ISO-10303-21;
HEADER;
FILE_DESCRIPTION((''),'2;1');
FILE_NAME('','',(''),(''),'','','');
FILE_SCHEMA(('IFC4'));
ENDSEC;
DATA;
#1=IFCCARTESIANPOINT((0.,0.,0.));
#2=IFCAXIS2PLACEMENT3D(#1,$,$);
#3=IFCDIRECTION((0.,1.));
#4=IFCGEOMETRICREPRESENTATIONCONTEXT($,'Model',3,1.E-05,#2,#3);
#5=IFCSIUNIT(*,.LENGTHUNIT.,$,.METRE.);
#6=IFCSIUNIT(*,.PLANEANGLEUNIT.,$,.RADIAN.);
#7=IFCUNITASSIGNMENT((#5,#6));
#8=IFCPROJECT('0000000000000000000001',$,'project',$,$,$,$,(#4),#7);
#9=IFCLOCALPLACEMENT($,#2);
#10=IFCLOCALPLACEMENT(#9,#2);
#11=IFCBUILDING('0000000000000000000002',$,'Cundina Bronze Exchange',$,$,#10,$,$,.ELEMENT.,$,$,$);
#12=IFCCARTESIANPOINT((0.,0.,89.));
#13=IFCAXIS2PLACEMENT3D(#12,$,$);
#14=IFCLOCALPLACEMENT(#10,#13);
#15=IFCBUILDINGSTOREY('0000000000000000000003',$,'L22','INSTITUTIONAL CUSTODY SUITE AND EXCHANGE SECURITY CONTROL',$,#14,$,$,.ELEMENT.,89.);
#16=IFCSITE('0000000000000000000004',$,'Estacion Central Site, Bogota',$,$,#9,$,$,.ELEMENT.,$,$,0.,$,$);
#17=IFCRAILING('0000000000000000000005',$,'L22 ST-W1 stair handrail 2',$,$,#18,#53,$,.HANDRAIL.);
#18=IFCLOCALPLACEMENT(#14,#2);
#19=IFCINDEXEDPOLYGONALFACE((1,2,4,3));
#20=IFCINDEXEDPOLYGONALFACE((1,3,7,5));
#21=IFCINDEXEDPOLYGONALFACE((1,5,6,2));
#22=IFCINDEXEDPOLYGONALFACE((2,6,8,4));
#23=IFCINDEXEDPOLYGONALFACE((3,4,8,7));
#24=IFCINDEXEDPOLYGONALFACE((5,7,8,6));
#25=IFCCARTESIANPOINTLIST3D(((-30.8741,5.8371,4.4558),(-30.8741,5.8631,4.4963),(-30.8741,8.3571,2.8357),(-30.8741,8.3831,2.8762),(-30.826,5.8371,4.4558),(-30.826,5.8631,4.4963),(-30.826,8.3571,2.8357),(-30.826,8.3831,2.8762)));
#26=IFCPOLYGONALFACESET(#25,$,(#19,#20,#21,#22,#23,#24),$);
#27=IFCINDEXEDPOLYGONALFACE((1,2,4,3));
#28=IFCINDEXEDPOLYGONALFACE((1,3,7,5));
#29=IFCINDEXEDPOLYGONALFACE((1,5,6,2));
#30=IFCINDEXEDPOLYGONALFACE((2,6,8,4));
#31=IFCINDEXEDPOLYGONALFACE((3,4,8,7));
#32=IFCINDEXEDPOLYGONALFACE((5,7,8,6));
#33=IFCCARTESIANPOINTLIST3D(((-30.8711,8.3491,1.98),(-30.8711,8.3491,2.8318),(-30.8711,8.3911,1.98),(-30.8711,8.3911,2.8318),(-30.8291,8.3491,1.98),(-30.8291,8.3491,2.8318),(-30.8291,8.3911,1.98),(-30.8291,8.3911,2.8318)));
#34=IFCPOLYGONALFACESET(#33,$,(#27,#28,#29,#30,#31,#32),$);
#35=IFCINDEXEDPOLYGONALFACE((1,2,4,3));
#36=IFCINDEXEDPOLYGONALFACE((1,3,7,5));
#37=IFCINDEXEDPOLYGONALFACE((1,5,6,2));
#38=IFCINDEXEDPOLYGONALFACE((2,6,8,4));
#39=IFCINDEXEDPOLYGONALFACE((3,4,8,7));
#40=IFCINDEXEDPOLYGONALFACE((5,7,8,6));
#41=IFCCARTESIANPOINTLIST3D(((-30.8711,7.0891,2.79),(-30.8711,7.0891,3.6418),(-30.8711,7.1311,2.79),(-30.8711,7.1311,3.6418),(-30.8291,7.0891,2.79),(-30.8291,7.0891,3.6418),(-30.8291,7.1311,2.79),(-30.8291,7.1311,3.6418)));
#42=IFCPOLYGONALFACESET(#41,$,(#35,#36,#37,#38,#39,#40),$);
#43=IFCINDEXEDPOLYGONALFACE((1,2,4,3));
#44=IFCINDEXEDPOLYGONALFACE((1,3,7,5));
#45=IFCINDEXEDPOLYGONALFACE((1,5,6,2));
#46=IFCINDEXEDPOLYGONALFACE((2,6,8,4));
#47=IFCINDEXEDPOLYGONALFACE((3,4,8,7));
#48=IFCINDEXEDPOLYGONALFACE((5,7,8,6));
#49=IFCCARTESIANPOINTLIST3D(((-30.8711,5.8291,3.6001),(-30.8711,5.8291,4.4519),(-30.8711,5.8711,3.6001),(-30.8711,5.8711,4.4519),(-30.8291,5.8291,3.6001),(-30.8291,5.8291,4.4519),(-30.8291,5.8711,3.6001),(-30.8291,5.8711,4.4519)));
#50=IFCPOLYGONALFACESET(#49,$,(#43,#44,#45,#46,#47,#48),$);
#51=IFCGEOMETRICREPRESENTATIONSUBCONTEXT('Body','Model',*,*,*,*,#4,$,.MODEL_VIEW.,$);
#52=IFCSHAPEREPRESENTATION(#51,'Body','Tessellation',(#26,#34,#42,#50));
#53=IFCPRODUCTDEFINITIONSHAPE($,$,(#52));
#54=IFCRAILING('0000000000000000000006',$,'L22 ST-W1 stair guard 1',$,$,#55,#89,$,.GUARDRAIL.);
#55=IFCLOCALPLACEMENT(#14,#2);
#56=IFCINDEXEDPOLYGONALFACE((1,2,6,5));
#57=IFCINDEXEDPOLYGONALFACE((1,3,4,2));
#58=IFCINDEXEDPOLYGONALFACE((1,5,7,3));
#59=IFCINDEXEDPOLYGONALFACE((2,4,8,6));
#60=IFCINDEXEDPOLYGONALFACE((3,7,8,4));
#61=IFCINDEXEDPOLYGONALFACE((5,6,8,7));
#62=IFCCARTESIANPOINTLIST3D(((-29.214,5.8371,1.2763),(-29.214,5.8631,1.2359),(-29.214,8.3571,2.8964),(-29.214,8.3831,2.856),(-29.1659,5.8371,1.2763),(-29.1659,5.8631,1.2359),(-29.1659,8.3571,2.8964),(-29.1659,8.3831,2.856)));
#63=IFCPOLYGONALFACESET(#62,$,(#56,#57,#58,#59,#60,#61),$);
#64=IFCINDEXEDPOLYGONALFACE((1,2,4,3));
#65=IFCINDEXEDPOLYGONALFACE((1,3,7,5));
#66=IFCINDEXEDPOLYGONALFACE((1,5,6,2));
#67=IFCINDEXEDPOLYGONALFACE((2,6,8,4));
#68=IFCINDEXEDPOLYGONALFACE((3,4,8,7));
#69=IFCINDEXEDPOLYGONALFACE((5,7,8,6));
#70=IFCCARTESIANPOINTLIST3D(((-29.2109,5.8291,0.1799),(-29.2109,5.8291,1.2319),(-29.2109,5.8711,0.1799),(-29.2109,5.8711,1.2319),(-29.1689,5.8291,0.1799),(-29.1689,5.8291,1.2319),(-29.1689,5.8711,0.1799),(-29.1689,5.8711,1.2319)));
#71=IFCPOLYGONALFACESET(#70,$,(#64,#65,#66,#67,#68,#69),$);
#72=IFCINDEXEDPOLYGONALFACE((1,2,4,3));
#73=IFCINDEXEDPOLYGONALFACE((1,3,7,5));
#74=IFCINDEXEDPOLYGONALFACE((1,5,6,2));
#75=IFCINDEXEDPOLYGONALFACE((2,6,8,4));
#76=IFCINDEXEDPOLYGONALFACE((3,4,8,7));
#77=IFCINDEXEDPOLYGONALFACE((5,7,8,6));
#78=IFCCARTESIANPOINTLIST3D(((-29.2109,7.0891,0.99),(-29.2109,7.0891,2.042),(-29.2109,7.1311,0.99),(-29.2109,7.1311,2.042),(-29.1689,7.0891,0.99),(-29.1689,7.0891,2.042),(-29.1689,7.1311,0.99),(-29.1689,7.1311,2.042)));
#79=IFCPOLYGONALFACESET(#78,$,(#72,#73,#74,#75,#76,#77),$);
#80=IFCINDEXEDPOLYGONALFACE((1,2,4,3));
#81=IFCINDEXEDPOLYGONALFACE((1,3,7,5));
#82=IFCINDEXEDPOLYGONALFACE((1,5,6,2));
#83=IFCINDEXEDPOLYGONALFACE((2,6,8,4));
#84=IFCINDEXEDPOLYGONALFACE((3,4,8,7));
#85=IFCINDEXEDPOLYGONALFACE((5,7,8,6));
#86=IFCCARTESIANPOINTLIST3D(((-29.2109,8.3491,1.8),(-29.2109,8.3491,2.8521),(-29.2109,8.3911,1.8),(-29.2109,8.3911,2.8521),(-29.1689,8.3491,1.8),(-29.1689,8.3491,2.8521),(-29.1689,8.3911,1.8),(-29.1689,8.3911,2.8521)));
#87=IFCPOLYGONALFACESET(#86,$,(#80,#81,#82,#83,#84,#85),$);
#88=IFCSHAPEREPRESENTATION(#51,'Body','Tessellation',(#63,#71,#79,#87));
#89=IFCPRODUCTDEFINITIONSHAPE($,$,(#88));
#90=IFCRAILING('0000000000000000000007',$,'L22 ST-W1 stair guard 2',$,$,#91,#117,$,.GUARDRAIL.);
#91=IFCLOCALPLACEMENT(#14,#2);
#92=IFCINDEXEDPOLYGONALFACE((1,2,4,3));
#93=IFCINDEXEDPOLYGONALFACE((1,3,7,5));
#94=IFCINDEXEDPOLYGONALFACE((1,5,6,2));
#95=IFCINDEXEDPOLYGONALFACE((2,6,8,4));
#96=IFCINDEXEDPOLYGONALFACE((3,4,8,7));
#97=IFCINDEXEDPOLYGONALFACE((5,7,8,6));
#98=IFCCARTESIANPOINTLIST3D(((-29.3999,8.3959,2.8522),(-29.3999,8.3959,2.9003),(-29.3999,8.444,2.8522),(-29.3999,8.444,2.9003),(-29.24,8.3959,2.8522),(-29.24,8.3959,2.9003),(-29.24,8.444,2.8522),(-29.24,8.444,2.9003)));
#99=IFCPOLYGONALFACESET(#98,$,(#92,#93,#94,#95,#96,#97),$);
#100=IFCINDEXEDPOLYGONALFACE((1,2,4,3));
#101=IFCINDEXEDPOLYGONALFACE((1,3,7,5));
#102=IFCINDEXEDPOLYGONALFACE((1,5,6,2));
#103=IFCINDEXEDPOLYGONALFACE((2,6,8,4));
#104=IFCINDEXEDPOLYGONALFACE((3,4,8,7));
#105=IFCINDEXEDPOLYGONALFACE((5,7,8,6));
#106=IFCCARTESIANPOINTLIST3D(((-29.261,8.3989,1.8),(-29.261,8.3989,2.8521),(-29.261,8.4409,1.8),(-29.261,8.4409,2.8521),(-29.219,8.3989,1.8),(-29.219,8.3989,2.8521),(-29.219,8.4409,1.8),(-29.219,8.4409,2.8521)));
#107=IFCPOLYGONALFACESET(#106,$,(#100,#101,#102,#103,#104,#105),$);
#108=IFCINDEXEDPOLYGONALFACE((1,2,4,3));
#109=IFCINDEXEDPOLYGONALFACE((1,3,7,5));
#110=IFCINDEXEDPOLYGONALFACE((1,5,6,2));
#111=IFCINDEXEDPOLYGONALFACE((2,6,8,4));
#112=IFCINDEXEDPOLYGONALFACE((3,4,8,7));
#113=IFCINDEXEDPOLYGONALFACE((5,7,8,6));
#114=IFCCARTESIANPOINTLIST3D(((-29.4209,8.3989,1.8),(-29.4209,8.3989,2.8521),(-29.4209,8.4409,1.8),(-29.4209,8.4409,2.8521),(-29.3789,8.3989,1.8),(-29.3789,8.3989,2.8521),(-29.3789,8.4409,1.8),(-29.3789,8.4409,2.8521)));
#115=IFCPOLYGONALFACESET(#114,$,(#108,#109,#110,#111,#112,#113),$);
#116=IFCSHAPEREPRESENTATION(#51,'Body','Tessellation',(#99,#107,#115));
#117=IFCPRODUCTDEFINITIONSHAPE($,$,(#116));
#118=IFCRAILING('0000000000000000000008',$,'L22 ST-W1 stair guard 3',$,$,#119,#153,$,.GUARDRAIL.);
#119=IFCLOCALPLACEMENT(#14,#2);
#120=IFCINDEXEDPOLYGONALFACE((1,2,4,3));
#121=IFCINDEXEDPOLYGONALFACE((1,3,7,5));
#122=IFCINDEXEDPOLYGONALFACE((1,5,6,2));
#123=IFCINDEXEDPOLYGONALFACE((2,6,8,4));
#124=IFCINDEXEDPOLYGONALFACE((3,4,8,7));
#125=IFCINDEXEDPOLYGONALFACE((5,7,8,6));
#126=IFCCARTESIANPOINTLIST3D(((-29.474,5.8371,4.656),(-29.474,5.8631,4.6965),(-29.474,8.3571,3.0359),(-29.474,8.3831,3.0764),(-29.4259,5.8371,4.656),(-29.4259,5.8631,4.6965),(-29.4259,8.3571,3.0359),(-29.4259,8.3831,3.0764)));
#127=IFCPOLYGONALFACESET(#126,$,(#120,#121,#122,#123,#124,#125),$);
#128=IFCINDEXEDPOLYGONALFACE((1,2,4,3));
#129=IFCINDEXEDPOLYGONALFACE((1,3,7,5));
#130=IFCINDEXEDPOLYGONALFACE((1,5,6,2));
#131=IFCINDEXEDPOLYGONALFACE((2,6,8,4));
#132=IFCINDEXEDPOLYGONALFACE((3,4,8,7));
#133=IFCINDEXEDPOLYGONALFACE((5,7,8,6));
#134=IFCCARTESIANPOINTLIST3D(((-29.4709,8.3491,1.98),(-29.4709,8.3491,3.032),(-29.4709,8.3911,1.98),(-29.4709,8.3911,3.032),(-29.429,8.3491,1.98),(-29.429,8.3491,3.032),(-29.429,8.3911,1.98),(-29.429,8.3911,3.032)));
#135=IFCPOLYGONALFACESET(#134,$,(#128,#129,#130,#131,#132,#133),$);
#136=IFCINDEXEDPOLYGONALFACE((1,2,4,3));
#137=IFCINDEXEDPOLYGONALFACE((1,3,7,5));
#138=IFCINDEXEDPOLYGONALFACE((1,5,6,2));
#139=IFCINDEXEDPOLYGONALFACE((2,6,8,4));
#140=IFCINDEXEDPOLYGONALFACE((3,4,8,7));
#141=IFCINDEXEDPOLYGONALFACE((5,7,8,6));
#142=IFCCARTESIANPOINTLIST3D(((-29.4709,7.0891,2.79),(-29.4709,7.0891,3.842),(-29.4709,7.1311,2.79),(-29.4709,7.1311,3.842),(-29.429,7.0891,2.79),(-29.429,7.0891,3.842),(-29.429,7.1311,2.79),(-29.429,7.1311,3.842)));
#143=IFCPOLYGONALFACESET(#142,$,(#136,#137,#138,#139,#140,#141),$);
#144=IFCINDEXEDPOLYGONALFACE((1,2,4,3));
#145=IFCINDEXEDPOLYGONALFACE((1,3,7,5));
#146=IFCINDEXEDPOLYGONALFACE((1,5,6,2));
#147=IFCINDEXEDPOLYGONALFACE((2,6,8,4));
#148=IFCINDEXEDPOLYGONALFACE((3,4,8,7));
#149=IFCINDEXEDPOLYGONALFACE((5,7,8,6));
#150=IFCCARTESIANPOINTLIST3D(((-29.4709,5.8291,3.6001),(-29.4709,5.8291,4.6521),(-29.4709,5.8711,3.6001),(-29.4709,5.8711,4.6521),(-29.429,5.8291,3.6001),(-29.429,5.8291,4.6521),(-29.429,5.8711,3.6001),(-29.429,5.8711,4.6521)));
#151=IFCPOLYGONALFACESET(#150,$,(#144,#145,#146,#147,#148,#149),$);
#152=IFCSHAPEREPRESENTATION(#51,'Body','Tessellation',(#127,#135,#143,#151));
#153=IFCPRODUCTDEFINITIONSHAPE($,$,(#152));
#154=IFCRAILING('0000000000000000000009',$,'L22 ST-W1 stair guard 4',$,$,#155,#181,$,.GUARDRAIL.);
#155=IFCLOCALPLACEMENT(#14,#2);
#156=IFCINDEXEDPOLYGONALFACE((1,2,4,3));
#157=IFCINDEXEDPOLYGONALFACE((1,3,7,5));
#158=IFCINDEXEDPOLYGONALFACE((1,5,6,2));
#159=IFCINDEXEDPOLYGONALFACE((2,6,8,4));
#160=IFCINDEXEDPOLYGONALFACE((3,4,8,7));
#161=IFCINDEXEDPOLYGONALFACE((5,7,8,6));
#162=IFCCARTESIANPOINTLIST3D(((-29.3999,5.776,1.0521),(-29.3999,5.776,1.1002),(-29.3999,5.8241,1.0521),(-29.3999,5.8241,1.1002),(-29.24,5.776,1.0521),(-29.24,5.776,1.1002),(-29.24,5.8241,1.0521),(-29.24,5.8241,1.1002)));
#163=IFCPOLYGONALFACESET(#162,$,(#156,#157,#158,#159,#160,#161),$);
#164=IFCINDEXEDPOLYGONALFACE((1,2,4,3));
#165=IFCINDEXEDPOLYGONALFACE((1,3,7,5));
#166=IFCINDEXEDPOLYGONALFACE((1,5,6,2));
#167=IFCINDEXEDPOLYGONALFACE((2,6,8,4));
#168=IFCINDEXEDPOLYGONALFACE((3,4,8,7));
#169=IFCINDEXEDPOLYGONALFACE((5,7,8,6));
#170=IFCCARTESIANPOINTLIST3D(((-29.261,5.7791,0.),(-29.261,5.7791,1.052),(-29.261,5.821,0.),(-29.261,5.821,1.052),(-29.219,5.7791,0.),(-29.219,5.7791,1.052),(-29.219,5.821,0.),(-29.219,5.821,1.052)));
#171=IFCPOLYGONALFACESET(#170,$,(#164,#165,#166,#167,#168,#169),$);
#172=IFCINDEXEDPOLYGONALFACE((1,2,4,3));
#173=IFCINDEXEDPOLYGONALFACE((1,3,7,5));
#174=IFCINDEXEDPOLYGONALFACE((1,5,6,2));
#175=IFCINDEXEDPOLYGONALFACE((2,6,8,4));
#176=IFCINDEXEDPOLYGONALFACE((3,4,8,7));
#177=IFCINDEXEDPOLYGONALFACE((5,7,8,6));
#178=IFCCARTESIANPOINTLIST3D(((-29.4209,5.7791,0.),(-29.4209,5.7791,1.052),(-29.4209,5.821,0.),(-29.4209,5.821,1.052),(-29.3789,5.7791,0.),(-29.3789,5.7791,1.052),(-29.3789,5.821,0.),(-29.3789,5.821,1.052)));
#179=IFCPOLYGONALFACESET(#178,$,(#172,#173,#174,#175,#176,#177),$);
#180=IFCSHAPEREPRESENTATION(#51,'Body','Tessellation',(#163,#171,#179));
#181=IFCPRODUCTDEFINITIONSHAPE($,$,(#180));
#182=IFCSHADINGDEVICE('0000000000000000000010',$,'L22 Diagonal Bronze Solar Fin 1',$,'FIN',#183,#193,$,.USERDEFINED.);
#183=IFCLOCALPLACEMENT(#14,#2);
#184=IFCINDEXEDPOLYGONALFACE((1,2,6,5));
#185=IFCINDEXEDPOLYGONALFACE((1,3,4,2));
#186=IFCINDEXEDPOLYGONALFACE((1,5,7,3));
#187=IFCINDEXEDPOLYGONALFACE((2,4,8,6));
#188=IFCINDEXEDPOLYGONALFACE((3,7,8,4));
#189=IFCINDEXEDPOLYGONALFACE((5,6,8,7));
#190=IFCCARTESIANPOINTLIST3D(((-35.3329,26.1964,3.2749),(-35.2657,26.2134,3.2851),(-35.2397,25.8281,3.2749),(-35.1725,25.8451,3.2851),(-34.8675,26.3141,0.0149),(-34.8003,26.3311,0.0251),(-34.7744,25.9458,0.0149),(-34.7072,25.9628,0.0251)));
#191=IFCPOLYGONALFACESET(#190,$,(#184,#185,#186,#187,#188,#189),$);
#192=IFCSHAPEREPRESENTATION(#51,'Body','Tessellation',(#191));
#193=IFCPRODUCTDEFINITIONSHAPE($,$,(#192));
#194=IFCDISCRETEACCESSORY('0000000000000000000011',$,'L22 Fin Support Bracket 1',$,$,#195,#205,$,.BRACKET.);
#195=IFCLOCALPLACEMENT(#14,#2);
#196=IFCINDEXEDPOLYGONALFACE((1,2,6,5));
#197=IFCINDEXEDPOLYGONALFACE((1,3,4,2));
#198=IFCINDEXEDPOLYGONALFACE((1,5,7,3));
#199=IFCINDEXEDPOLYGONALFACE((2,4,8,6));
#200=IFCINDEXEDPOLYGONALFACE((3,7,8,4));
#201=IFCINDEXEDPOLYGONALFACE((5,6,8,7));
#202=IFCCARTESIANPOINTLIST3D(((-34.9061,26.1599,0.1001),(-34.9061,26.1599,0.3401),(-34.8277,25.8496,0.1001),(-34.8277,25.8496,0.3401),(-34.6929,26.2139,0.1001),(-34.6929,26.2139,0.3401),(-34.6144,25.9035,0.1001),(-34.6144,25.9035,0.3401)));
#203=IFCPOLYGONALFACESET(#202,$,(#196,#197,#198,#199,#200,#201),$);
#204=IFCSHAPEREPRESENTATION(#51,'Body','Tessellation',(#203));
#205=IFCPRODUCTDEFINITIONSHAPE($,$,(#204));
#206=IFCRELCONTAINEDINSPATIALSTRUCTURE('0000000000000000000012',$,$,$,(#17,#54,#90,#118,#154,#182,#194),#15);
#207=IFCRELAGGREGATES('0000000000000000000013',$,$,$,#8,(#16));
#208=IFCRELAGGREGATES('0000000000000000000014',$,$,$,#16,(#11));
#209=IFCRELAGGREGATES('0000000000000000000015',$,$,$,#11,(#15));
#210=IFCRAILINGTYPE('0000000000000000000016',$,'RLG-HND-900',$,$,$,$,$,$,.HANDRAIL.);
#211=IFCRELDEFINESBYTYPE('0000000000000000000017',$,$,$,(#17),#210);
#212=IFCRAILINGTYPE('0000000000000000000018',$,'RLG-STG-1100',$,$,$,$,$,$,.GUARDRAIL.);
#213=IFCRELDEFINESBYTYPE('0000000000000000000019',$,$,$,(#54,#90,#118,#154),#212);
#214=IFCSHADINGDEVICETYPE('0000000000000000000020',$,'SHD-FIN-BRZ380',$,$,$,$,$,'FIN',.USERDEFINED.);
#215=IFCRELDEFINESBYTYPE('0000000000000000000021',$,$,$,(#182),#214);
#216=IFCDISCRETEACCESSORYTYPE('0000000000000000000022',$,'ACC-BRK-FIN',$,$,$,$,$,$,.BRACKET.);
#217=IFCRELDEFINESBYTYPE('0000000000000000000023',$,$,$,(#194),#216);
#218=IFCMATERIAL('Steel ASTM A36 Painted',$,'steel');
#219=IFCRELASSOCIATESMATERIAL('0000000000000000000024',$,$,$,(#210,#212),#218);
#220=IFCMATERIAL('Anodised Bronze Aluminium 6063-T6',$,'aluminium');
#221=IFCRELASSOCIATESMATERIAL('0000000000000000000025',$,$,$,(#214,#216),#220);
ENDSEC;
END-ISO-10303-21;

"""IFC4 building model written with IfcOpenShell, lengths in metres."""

from ifc_helpers import new_model, si_unit, direction, frame, origin, origin_2d, place, context, subcontext, project, spatial, rectangle, extrude, material, material_profile, profile_set, type_object, element, save


model = new_model("IFC4")

# Units and contexts
model_context = context("Model", 3, precision=1e-05, world=origin(), true_north=direction((0.0, 1.0)))
body_context = subcontext(model_context, "Body", "Model", "MODEL_VIEW")
ifc_project = project(units=[si_unit("LENGTHUNIT", "METRE"), si_unit("PLANEANGLEUNIT", "RADIAN")], contexts=[model_context])

# Site, building, storey
site_placement = place(None, origin())
site = spatial("IfcSite", under=ifc_project, at=site_placement, Name="Estacion Central Site, Bogota", CompositionType="ELEMENT", RefElevation=0.0)
building_placement = place(site_placement, origin())
building = spatial("IfcBuilding", under=site, at=building_placement, Name="Cundina Bronze Exchange", CompositionType="ELEMENT")
storey_placement = place(building_placement, frame((0.0, 0.0, 89.0)))
storey = spatial("IfcBuildingStorey", under=building, at=storey_placement, Name="L22", Description="INSTITUTIONAL CUSTODY SUITE AND EXCHANGE SECURITY CONTROL", CompositionType="ELEMENT", Elevation=89.0)

# Shared definitions
ifc_material_1 = material(Name="Anodised Bronze Aluminium 6063-T6", Category="aluminium")

# Shared definitions
ifc_material_2 = material(Name="Steel ASTM A36 Painted", Category="steel")

# Railings
railing_type_1 = type_object("IfcRailingType", Name="RLG-HND-900", PredefinedType="HANDRAIL", material=ifc_material_2)
railing_1_placement = place(storey_placement, frame((-30.8501, 8.3701, 1.98)))
element("IfcRailing", 1, at=railing_1_placement, inside=storey, type_object=railing_type_1, Name="L22 ST-W1 stair handrail 2", PredefinedType="HANDRAIL", context=body_context, shape_type="SweptSolid", body=[
    extrude(rectangle(XDim=0.0481, YDim=0.0481, at=origin_2d()), frame((0.0, 0.0, 0.876), z_axis=(0.0, -0.841163, 0.540782), x_axis=(1.0, 0.0, 0.0)), (0.0, 0.0, 1.0), 2.9958),
    extrude(rectangle(XDim=0.042, YDim=0.042, at=origin_2d()), origin(), (0.0, 0.0, 1.0), 0.8518),
    extrude(rectangle(XDim=0.042, YDim=0.042, at=origin_2d()), frame((0.0, -1.26, 0.8101)), (0.0, 0.0, 1.0), 0.8518),
    extrude(rectangle(XDim=0.042, YDim=0.042, at=origin_2d()), frame((0.0, -2.52, 1.6201)), (0.0, 0.0, 1.0), 0.8518),
])
railing_type_2 = type_object("IfcRailingType", Name="RLG-STG-1100", PredefinedType="GUARDRAIL", material=ifc_material_2)
railing_2_placement = place(storey_placement, frame((-29.1899, 5.8501, 0.1799)))
element("IfcRailing", 2, at=railing_2_placement, inside=storey, type_object=railing_type_2, Name="L22 ST-W1 stair guard 1", PredefinedType="GUARDRAIL", context=body_context, shape_type="SweptSolid", body=[
    extrude(rectangle(XDim=0.0481, YDim=0.0481, at=origin_2d()), frame((0.0, 0.0, 1.0762), z_axis=(0.0, 0.841163, 0.540782), x_axis=(-1.0, 0.0, 0.0)), (0.0, 0.0, 1.0), 2.9958),
    extrude(rectangle(XDim=0.042, YDim=0.042, at=origin_2d()), origin(), (0.0, 0.0, 1.0), 1.052),
    extrude(rectangle(XDim=0.042, YDim=0.042, at=origin_2d()), frame((0.0, 1.26, 0.8101)), (0.0, 0.0, 1.0), 1.052),
    extrude(rectangle(XDim=0.042, YDim=0.042, at=origin_2d()), frame((0.0, 2.52, 1.6201)), (0.0, 0.0, 1.0), 1.052),
])
railing_3_placement = place(storey_placement, frame((-29.24, 8.4199, 1.8)))
element("IfcRailing", 3, at=railing_3_placement, inside=storey, type_object=railing_type_2, Name="L22 ST-W1 stair guard 2", PredefinedType="GUARDRAIL", context=body_context, shape_type="SweptSolid", body=[
    extrude(rectangle(XDim=0.0481, YDim=0.0481, at=origin_2d()), frame((0.0, 0.0, 1.0762), z_axis=(-1.0, 0.0, 0.0), x_axis=(0.0, -1.0, 0.0)), (0.0, 0.0, 1.0), 0.1599),
    extrude(rectangle(XDim=0.042, YDim=0.042, at=origin_2d()), origin(), (0.0, 0.0, 1.0), 1.052),
    extrude(rectangle(XDim=0.042, YDim=0.042, at=origin_2d()), frame((-0.1599, 0.0, 0.0)), (0.0, 0.0, 1.0), 1.052),
])
railing_4_placement = place(storey_placement, frame((-29.45, 8.3701, 1.98)))
element("IfcRailing", 4, at=railing_4_placement, inside=storey, type_object=railing_type_2, Name="L22 ST-W1 stair guard 3", PredefinedType="GUARDRAIL", context=body_context, shape_type="SweptSolid", body=[
    extrude(rectangle(XDim=0.0481, YDim=0.0481, at=origin_2d()), frame((0.0, 0.0, 1.0762), z_axis=(0.0, -0.841163, 0.540782), x_axis=(1.0, 0.0, 0.0)), (0.0, 0.0, 1.0), 2.9958),
    extrude(rectangle(XDim=0.042, YDim=0.042, at=origin_2d()), origin(), (0.0, 0.0, 1.0), 1.052),
    extrude(rectangle(XDim=0.042, YDim=0.042, at=origin_2d()), frame((0.0, -1.26, 0.8101)), (0.0, 0.0, 1.0), 1.052),
    extrude(rectangle(XDim=0.042, YDim=0.042, at=origin_2d()), frame((0.0, -2.52, 1.6201)), (0.0, 0.0, 1.0), 1.052),
])
railing_5_placement = place(storey_placement, frame((-29.24, 5.8, 0.0)))
element("IfcRailing", 5, at=railing_5_placement, inside=storey, type_object=railing_type_2, Name="L22 ST-W1 stair guard 4", PredefinedType="GUARDRAIL", context=body_context, shape_type="SweptSolid", body=[
    extrude(rectangle(XDim=0.0481, YDim=0.0481, at=origin_2d()), frame((0.0, 0.0, 1.0762), z_axis=(-1.0, 0.0, 0.0), x_axis=(0.0, -1.0, 0.0)), (0.0, 0.0, 1.0), 0.1599),
    extrude(rectangle(XDim=0.042, YDim=0.042, at=origin_2d()), origin(), (0.0, 0.0, 1.0), 1.052),
    extrude(rectangle(XDim=0.042, YDim=0.042, at=origin_2d()), frame((-0.1599, 0.0, 0.0)), (0.0, 0.0, 1.0), 1.052),
])

# Shading device
ifc_material_profile_1 = material_profile(ifc_material_1, rectangle(XDim=0.0701, YDim=0.3799, at=origin_2d()), Name="FIN70X380", Category="aluminium")
ifc_profile_set_1 = profile_set([ifc_material_profile_1], Name="Anodised Bronze Aluminium 6063-T6")
shading_device_type = type_object("IfcShadingDeviceType", Name="SHD-FIN-BRZ380", ElementType="FIN", PredefinedType="USERDEFINED", material=ifc_profile_set_1)
shading_device_placement = place(storey_placement, frame((-34.7874, 26.1384, 0.02), z_axis=(-0.141217, -0.035712, 0.989334), x_axis=(0.959141, 0.242553, 0.145663)))
element("IfcShadingDevice", 6, at=shading_device_placement, inside=storey, type_object=shading_device_type, Name="L22 Diagonal Bronze Solar Fin 1", ObjectType="FIN", PredefinedType="USERDEFINED", context=body_context, shape_type="SweptSolid", body=[
    extrude(rectangle(XDim=0.0701, YDim=0.3799, at=origin_2d()), origin(), (0.0, 0.0, 1.0), 3.2952),
])

# Discrete accessory
discrete_accessory_type = type_object("IfcDiscreteAccessoryType", Name="ACC-BRK-FIN", PredefinedType="BRACKET", material=ifc_material_1)
discrete_accessory_placement = place(storey_placement, frame((-34.7603, 26.0317, 0.1001), z_axis=(0.0, 0.0, 1.0), x_axis=(-0.969488, -0.245138, 0.0)))
element("IfcDiscreteAccessory", 7, at=discrete_accessory_placement, inside=storey, type_object=discrete_accessory_type, Name="L22 Fin Support Bracket 1", PredefinedType="BRACKET", context=body_context, shape_type="SweptSolid", body=[
    extrude(rectangle(XDim=0.22, YDim=0.3201, at=origin_2d()), origin(), (0.0, 0.0, 1.0), 0.24),
])

save(model, "model.ifc")
